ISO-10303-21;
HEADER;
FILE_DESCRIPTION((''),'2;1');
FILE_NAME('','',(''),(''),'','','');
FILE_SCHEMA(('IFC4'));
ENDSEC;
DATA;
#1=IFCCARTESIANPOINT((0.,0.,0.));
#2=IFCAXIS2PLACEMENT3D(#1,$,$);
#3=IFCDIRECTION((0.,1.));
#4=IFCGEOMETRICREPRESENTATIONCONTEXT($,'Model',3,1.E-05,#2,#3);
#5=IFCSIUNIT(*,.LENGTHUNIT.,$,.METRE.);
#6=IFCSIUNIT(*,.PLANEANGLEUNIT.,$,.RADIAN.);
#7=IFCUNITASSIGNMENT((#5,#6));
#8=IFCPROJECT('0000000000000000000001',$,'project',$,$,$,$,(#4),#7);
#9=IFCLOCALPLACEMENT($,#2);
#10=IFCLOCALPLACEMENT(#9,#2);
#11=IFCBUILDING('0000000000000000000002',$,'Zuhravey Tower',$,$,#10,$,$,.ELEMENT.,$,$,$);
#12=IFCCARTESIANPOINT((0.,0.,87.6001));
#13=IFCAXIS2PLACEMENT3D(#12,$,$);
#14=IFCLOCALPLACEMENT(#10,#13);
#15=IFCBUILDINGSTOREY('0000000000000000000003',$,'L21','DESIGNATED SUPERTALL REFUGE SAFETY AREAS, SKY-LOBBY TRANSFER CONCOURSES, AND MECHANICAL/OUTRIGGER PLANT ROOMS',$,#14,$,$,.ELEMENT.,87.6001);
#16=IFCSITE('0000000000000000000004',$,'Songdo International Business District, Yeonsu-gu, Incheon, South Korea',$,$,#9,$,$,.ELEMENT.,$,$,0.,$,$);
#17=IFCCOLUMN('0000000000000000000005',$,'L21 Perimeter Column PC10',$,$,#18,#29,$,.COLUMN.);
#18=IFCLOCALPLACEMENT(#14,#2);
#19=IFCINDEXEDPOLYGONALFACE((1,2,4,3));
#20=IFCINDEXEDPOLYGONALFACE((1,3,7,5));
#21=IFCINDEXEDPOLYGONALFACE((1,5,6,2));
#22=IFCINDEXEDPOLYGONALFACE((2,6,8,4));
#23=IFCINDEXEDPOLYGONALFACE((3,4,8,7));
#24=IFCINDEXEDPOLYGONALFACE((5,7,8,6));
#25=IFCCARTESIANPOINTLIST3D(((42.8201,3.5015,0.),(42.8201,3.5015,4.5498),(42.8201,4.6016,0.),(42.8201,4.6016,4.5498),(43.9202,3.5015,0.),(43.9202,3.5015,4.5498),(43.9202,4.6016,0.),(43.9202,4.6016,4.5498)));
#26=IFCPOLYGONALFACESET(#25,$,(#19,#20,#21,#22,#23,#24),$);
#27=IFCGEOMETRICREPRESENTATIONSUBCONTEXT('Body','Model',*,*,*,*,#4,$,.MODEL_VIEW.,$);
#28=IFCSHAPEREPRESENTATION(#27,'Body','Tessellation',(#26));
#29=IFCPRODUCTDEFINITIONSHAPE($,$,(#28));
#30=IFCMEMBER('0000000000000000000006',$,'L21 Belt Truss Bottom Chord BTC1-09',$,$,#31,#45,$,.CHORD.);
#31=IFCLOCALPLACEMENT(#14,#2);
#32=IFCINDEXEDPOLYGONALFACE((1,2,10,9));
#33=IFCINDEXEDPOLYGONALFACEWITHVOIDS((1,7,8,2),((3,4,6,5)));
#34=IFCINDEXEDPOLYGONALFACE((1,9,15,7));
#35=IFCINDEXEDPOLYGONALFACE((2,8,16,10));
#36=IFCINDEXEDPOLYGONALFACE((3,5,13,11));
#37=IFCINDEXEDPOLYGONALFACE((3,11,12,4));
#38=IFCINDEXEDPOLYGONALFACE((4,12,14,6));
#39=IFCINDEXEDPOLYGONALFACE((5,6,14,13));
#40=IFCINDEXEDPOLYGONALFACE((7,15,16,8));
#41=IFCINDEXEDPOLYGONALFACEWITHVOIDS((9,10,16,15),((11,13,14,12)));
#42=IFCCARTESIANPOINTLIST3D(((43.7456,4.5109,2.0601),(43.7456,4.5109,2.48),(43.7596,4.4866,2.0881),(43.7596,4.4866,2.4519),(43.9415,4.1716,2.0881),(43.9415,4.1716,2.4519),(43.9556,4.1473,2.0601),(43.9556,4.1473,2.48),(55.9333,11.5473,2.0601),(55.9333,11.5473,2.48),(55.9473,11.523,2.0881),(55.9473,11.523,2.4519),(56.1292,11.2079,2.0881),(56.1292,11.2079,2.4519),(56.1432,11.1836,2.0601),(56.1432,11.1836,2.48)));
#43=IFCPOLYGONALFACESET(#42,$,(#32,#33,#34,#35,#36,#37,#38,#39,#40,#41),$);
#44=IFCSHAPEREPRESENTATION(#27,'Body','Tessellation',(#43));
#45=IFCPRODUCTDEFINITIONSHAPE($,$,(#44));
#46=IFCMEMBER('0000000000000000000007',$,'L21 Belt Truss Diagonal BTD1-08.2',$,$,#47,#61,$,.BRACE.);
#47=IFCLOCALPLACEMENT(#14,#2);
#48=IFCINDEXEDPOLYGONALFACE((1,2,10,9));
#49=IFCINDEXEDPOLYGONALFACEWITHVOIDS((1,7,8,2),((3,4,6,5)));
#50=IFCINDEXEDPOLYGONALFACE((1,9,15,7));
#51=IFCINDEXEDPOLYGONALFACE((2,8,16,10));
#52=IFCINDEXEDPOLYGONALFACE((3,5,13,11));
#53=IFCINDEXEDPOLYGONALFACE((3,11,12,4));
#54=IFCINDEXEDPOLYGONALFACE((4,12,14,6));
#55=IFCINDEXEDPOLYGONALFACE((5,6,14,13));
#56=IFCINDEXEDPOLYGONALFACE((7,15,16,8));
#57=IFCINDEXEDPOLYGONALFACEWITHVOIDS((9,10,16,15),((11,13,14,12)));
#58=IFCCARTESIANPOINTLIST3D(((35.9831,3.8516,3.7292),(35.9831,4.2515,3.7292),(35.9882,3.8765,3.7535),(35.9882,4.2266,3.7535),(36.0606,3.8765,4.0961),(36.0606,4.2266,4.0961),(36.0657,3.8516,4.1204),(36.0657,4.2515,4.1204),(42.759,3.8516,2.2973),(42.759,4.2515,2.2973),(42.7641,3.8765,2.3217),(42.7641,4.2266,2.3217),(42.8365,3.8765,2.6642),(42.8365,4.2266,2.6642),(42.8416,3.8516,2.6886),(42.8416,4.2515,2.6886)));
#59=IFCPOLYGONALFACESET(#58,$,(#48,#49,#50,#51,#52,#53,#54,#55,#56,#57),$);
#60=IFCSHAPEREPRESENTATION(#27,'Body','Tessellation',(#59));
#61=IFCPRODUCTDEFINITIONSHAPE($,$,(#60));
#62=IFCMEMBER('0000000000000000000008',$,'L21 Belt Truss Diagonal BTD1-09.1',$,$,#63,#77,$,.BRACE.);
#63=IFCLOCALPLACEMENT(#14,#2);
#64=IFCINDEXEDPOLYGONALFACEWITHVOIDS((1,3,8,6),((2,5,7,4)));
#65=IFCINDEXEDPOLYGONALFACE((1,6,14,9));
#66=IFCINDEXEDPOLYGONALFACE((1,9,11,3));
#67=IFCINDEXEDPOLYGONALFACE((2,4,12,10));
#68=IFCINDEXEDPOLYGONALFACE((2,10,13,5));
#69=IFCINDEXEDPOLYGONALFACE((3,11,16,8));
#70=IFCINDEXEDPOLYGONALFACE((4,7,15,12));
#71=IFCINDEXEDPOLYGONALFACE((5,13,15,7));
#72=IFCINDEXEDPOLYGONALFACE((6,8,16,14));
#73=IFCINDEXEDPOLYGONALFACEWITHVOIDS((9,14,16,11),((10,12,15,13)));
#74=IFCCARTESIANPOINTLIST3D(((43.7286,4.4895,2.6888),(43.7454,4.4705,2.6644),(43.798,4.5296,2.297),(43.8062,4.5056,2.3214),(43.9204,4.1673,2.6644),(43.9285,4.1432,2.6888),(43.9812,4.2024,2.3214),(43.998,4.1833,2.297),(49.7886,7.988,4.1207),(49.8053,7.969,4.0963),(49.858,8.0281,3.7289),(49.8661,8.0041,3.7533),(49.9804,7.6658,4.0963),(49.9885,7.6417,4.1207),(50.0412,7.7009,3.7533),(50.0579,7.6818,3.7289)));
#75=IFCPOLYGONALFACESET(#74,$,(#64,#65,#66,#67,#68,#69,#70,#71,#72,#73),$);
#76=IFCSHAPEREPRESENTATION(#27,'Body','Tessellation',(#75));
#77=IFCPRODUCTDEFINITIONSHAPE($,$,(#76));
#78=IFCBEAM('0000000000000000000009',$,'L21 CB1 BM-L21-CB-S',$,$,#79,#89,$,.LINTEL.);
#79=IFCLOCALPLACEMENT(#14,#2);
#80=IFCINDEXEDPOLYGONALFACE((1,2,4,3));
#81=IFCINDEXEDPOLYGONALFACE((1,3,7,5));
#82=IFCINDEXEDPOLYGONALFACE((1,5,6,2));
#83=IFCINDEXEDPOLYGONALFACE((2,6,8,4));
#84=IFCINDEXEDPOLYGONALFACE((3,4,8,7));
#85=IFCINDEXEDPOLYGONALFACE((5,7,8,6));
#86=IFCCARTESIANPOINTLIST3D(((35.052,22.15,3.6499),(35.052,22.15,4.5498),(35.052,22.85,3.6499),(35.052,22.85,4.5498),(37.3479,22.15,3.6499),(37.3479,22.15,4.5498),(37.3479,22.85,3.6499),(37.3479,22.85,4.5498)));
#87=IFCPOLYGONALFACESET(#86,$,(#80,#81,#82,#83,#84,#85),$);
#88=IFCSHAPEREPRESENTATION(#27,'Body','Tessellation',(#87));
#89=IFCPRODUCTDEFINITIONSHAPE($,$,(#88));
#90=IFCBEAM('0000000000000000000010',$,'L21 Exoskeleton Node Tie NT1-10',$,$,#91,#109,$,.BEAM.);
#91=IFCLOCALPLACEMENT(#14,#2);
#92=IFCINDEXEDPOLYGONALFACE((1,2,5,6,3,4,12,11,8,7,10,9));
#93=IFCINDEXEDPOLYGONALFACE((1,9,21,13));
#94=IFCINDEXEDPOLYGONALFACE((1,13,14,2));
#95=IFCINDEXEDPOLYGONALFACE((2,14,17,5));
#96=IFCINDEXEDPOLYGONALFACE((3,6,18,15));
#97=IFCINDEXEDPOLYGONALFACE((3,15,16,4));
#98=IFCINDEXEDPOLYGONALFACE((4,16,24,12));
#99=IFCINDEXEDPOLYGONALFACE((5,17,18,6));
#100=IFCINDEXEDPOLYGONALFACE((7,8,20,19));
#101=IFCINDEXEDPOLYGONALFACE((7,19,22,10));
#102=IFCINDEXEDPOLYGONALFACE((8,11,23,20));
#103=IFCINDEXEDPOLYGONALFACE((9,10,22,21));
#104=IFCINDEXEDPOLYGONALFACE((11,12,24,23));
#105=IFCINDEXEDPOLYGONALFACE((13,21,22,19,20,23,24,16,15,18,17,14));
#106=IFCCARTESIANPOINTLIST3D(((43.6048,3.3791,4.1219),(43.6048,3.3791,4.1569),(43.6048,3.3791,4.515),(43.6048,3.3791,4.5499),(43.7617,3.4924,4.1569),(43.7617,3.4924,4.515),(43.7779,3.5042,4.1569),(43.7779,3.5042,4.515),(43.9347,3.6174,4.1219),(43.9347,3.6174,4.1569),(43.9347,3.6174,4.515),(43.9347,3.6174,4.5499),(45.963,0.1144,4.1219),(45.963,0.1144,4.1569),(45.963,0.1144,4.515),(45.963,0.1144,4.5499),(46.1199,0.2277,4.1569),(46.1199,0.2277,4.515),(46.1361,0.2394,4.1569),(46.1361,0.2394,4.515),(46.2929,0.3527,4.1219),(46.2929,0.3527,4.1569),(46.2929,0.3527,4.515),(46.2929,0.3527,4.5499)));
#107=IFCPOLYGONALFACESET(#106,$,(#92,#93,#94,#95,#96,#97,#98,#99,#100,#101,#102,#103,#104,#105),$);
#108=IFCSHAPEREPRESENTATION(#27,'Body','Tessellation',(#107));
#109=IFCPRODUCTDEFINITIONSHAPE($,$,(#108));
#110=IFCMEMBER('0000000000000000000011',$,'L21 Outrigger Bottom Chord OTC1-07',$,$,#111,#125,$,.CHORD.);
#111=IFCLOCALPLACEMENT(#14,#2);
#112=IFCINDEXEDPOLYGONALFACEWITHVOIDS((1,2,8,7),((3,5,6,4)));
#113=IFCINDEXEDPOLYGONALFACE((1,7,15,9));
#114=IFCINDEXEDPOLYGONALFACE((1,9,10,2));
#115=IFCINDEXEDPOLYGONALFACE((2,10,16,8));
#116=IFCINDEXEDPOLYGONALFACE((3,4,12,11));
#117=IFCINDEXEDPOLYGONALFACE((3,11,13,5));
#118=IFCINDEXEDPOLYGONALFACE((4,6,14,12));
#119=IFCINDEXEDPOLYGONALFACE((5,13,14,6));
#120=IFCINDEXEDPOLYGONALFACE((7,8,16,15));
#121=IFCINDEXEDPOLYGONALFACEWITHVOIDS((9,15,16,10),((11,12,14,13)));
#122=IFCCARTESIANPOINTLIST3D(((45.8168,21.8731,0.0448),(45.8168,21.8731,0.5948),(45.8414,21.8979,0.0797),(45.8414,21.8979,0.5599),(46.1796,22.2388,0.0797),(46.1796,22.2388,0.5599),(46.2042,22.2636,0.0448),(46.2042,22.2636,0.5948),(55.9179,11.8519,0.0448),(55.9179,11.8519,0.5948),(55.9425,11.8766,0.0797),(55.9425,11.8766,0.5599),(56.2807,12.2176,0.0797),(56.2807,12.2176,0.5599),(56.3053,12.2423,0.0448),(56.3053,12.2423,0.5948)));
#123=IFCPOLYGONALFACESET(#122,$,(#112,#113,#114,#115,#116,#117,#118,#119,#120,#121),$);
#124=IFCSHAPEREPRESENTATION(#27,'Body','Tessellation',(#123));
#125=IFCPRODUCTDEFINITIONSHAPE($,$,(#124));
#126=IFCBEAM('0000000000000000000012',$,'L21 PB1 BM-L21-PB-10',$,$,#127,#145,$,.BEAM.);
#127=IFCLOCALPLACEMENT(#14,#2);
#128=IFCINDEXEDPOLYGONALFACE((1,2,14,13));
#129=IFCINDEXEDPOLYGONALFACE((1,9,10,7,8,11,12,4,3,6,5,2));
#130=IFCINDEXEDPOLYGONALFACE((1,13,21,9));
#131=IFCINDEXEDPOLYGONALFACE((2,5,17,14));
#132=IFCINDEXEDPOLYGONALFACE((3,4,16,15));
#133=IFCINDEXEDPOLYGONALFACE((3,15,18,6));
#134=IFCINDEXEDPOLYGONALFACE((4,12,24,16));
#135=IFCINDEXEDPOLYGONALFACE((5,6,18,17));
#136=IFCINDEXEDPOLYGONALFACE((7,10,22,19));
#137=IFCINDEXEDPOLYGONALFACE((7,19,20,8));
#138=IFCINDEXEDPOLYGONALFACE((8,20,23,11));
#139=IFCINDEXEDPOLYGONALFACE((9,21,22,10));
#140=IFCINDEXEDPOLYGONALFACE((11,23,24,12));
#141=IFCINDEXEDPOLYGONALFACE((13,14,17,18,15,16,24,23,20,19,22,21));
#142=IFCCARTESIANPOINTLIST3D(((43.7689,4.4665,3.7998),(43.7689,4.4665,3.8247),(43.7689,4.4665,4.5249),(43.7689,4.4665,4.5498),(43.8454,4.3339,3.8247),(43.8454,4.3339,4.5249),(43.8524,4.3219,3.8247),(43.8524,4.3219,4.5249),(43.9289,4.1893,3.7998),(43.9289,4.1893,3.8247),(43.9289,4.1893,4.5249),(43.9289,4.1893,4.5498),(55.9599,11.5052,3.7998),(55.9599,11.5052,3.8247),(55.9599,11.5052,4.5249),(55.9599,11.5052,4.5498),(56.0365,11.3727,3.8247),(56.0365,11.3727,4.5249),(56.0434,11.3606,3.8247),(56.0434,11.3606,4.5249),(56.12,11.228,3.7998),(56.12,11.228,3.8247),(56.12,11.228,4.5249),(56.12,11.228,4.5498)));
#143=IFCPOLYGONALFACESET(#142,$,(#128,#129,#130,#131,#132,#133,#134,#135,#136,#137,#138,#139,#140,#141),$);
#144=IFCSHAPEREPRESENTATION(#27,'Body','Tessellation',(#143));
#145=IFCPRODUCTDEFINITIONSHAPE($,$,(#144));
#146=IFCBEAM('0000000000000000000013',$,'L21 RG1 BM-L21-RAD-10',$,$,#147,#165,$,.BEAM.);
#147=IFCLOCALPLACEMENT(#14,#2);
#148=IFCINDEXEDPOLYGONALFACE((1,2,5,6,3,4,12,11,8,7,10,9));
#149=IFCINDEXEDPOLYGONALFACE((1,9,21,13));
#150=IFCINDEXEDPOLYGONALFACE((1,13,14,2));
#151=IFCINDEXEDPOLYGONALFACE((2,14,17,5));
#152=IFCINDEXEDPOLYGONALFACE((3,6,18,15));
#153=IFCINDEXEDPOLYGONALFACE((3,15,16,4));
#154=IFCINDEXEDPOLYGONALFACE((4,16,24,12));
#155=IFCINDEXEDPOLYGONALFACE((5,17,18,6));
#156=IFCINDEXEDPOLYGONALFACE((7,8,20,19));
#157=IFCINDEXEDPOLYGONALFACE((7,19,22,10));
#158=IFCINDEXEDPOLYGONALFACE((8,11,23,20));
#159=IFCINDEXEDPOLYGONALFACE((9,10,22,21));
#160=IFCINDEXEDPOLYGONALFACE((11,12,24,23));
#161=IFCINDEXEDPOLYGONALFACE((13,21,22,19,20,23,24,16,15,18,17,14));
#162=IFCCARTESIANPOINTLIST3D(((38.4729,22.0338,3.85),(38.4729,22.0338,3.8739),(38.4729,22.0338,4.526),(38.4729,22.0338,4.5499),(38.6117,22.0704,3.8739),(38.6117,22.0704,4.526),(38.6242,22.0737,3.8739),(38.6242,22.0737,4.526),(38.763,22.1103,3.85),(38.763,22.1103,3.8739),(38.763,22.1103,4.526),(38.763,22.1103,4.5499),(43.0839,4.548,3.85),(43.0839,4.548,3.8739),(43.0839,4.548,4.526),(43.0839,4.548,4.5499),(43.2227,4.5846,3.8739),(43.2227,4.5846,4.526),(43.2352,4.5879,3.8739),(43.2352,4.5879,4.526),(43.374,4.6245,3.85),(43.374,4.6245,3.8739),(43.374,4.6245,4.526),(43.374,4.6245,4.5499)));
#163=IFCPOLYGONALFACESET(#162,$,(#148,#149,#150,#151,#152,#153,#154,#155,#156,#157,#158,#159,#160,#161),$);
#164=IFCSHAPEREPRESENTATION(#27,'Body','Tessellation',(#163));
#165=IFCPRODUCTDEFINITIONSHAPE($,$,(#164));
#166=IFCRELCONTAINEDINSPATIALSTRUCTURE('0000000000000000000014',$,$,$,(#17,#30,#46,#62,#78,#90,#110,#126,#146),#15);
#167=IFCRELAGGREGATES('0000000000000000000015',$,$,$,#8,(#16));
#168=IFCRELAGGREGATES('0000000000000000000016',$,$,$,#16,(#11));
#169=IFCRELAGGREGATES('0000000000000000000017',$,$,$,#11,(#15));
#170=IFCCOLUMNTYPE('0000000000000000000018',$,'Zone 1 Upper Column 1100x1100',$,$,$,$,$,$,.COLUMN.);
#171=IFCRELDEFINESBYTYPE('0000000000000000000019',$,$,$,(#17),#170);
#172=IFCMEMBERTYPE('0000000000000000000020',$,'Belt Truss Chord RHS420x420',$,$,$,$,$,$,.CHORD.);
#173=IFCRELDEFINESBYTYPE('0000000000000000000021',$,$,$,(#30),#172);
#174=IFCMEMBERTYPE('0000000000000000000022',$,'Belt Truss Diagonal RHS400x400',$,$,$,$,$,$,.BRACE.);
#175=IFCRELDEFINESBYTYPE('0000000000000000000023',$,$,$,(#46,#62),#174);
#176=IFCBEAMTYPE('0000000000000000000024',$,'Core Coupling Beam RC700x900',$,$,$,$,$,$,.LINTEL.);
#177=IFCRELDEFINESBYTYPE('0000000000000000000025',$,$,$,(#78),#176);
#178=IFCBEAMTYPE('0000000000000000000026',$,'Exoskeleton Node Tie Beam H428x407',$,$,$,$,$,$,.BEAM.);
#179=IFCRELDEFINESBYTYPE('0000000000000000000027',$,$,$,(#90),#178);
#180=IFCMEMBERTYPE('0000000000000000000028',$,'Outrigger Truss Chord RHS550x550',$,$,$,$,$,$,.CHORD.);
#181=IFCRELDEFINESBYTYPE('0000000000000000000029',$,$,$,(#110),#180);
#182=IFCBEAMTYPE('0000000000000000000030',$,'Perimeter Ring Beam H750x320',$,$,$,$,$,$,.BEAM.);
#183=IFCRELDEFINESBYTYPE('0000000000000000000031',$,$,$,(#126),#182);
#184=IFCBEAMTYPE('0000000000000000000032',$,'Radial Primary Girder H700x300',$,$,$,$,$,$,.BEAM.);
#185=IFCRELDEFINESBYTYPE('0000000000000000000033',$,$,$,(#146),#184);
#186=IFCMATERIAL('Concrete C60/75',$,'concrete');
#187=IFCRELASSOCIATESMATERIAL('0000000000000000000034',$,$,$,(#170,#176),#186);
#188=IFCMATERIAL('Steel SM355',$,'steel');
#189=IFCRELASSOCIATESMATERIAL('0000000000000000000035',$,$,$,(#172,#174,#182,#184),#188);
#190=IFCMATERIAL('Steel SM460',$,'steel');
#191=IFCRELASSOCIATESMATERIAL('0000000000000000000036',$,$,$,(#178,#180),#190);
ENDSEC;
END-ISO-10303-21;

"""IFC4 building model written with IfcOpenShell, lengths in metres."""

from ifc_helpers import new_model, si_unit, direction, frame, origin, origin_2d, place, context, subcontext, project, spatial, rectangle, hollow_rectangle, i_section, extrude, material, material_profile, profile_set, type_object, element, save


model = new_model("IFC4")

# Units and contexts
model_context = context("Model", 3, precision=1e-05, world=origin(), true_north=direction((0.0, 1.0)))
body_context = subcontext(model_context, "Body", "Model", "MODEL_VIEW")
ifc_project = project(units=[si_unit("LENGTHUNIT", "METRE"), si_unit("PLANEANGLEUNIT", "RADIAN")], contexts=[model_context])

# Site, building, storey
site_placement = place(None, origin())
site = spatial("IfcSite", under=ifc_project, at=site_placement, Name="Songdo International Business District, Yeonsu-gu, Incheon, South Korea", CompositionType="ELEMENT", RefElevation=0.0)
building_placement = place(site_placement, origin())
building = spatial("IfcBuilding", under=site, at=building_placement, Name="Zuhravey Tower", CompositionType="ELEMENT")
storey_placement = place(building_placement, frame((0.0, 0.0, 87.6001)))
storey = spatial("IfcBuildingStorey", under=building, at=storey_placement, Name="L21", Description="DESIGNATED SUPERTALL REFUGE SAFETY AREAS, SKY-LOBBY TRANSFER CONCOURSES, AND MECHANICAL/OUTRIGGER PLANT ROOMS", CompositionType="ELEMENT", Elevation=87.6001)

# Column
ifc_material_1 = material(Name="Concrete C60/75", Category="concrete")
ifc_material_profile_1 = material_profile(ifc_material_1, rectangle(XDim=1.1001, YDim=1.1001, at=origin_2d()), Name="RC-1100x1100")
ifc_profile_set_1 = profile_set([ifc_material_profile_1], Name="Concrete C60/75")
column_type = type_object("IfcColumnType", Name="Zone 1 Upper Column 1100x1100", PredefinedType="COLUMN", material=ifc_profile_set_1)
column_placement = place(storey_placement, frame((43.3701, 4.0515, 0.0), z_axis=(0.0, 0.0, 1.0), x_axis=(1.0, 0.0, 0.0)))
element("IfcColumn", 1, at=column_placement, inside=storey, type_object=column_type, Name="L21 Perimeter Column PC10", PredefinedType="COLUMN", context=body_context, shape_type="SweptSolid", body=[
    extrude(rectangle(XDim=1.1001, YDim=1.1001, at=origin_2d()), origin(), (0.0, 0.0, 1.0), 4.5498),
])

# Members
ifc_material_2 = material(Name="Steel SM355", Category="steel")
ifc_material_profile_2 = material_profile(ifc_material_2, hollow_rectangle(XDim=0.4199, YDim=0.4199, WallThickness=0.0281, at=origin_2d()), Name="RHS-420x420x28")
ifc_profile_set_2 = profile_set([ifc_material_profile_2], Name="Steel SM355")
member_type_1 = type_object("IfcMemberType", Name="Belt Truss Chord RHS420x420", PredefinedType="CHORD", material=ifc_profile_set_2)
member_1_placement = place(storey_placement, frame((43.8506, 4.3291, 2.27), z_axis=(0.866032, 0.499988, 0.0), x_axis=(-0.499988, 0.866032, 0.0)))
element("IfcMember", 2, at=member_1_placement, inside=storey, type_object=member_type_1, Name="L21 Belt Truss Bottom Chord BTC1-09", PredefinedType="CHORD", context=body_context, shape_type="SweptSolid", body=[
    extrude(hollow_rectangle(XDim=0.4199, YDim=0.4199, WallThickness=0.0281, at=origin_2d()), origin(), (0.0, 0.0, 1.0), 14.073),
])
ifc_material_profile_3 = material_profile(ifc_material_2, hollow_rectangle(XDim=0.3999, YDim=0.3999, WallThickness=0.0249, at=origin_2d()), Name="RHS-400x400x25")
ifc_profile_set_3 = profile_set([ifc_material_profile_3], Name="Steel SM355")
member_type_2 = type_object("IfcMemberType", Name="Belt Truss Diagonal RHS400x400", PredefinedType="BRACE", material=ifc_profile_set_3)
member_2_placement = place(storey_placement, frame((42.8003, 4.0515, 2.4929), z_axis=(-0.978393, 0.0, 0.206755), x_axis=(0.0, -1.0, 0.0)))
element("IfcMember", 3, at=member_2_placement, inside=storey, type_object=member_type_2, Name="L21 Belt Truss Diagonal BTD1-08.2", PredefinedType="BRACE", context=body_context, shape_type="SweptSolid", body=[
    extrude(hollow_rectangle(XDim=0.3999, YDim=0.3999, WallThickness=0.0249, at=origin_2d()), origin(), (0.0, 0.0, 1.0), 6.9255),
])
member_3_placement = place(storey_placement, frame((43.8633, 4.3364, 2.4929), z_axis=(0.848459, 0.489824, 0.200476), x_axis=(-0.499974, 0.86604, 0.0)))
element("IfcMember", 4, at=member_3_placement, inside=storey, type_object=member_type_2, Name="L21 Belt Truss Diagonal BTD1-09.1", PredefinedType="BRACE", context=body_context, shape_type="SweptSolid", body=[
    extrude(hollow_rectangle(XDim=0.3999, YDim=0.3999, WallThickness=0.0249, at=origin_2d()), origin(), (0.0, 0.0, 1.0), 7.1423),
])

# Beams
ifc_material_profile_4 = material_profile(ifc_material_1, rectangle(XDim=0.7, YDim=0.8999, at=origin_2d()), Name="RC-700x900")
ifc_profile_set_4 = profile_set([ifc_material_profile_4], Name="Concrete C60/75")
beam_type_1 = type_object("IfcBeamType", Name="Core Coupling Beam RC700x900", PredefinedType="LINTEL", material=ifc_profile_set_4)
beam_1_placement = place(storey_placement, frame((35.052, 22.5, 4.0999), z_axis=(1.0, 0.0, 0.0), x_axis=(0.0, 1.0, 0.0)))
element("IfcBeam", 5, at=beam_1_placement, inside=storey, type_object=beam_type_1, Name="L21 CB1 BM-L21-CB-S", PredefinedType="LINTEL", context=body_context, shape_type="SweptSolid", body=[
    extrude(rectangle(XDim=0.7, YDim=0.8999, at=origin_2d()), origin(), (0.0, 0.0, 1.0), 2.2959),
])
ifc_material_3 = material(Name="Steel SM460", Category="steel")
ifc_material_profile_5 = material_profile(ifc_material_3, i_section(OverallWidth=0.407, OverallDepth=0.428, WebThickness=0.02, FlangeThickness=0.0349, at=origin_2d()), Name="H-428x407x20x35")
ifc_profile_set_5 = profile_set([ifc_material_profile_5], Name="Steel SM460")
beam_type_2 = type_object("IfcBeamType", Name="Exoskeleton Node Tie Beam H428x407", PredefinedType="BEAM", material=ifc_profile_set_5)
beam_2_placement = place(storey_placement, frame((43.7698, 3.4983, 4.3359), z_axis=(0.585548, -0.810638, 0.0), x_axis=(0.810638, 0.585548, 0.0)))
element("IfcBeam", 6, at=beam_2_placement, inside=storey, type_object=beam_type_2, Name="L21 Exoskeleton Node Tie NT1-10", PredefinedType="BEAM", context=body_context, shape_type="SweptSolid", body=[
    extrude(i_section(OverallWidth=0.407, OverallDepth=0.428, WebThickness=0.02, FlangeThickness=0.0349, at=origin_2d()), origin(), (0.0, 0.0, 1.0), 4.0273),
])

# Member
ifc_material_profile_6 = material_profile(ifc_material_3, hollow_rectangle(XDim=0.55, YDim=0.55, WallThickness=0.0349, at=origin_2d()), Name="RHS-550x550x35")
ifc_profile_set_6 = profile_set([ifc_material_profile_6], Name="Steel SM460")
member_type_3 = type_object("IfcMemberType", Name="Outrigger Truss Chord RHS550x550", PredefinedType="CHORD", material=ifc_profile_set_6)
member_4_placement = place(storey_placement, frame((46.0105, 22.0684, 0.3198), z_axis=(0.709907, -0.704296, 0.0), x_axis=(0.704296, 0.709907, 0.0)))
element("IfcMember", 7, at=member_4_placement, inside=storey, type_object=member_type_3, Name="L21 Outrigger Bottom Chord OTC1-07", PredefinedType="CHORD", context=body_context, shape_type="SweptSolid", body=[
    extrude(hollow_rectangle(XDim=0.55, YDim=0.55, WallThickness=0.0349, at=origin_2d()), origin(), (0.0, 0.0, 1.0), 14.2288),
])

# Beams
ifc_material_profile_7 = material_profile(ifc_material_2, i_section(OverallWidth=0.3201, OverallDepth=0.75, WebThickness=0.0139, FlangeThickness=0.0249, at=origin_2d()), Name="H-750x320x14x25")
ifc_profile_set_7 = profile_set([ifc_material_profile_7], Name="Steel SM355")
beam_type_3 = type_object("IfcBeamType", Name="Perimeter Ring Beam H750x320", PredefinedType="BEAM", material=ifc_profile_set_7)
beam_3_placement = place(storey_placement, frame((43.8489, 4.3279, 4.1748), z_axis=(0.866018, 0.500013, 0.0), x_axis=(-0.500013, 0.866018, 0.0)))
element("IfcBeam", 8, at=beam_3_placement, inside=storey, type_object=beam_type_3, Name="L21 PB1 BM-L21-PB-10", PredefinedType="BEAM", context=body_context, shape_type="SweptSolid", body=[
    extrude(i_section(OverallWidth=0.3201, OverallDepth=0.75, WebThickness=0.0139, FlangeThickness=0.0249, at=origin_2d()), origin(), (0.0, 0.0, 1.0), 14.0771),
])
ifc_material_profile_8 = material_profile(ifc_material_2, i_section(OverallWidth=0.3, OverallDepth=0.7, WebThickness=0.0129, FlangeThickness=0.0239, at=origin_2d()), Name="H-700x300x13x24")
ifc_profile_set_8 = profile_set([ifc_material_profile_8], Name="Steel SM355")
beam_type_4 = type_object("IfcBeamType", Name="Radial Primary Girder H700x300", PredefinedType="BEAM", material=ifc_profile_set_8)
beam_4_placement = place(storey_placement, frame((38.6179, 22.072, 4.2), z_axis=(0.254987, -0.966944, 0.0), x_axis=(0.966944, 0.254987, 0.0)))
element("IfcBeam", 9, at=beam_4_placement, inside=storey, type_object=beam_type_4, Name="L21 RG1 BM-L21-RAD-10", PredefinedType="BEAM", context=body_context, shape_type="SweptSolid", body=[
    extrude(i_section(OverallWidth=0.3, OverallDepth=0.7, WebThickness=0.0129, FlangeThickness=0.0239, at=origin_2d()), origin(), (0.0, 0.0, 1.0), 18.0835),
])

save(model, "model.ifc")
